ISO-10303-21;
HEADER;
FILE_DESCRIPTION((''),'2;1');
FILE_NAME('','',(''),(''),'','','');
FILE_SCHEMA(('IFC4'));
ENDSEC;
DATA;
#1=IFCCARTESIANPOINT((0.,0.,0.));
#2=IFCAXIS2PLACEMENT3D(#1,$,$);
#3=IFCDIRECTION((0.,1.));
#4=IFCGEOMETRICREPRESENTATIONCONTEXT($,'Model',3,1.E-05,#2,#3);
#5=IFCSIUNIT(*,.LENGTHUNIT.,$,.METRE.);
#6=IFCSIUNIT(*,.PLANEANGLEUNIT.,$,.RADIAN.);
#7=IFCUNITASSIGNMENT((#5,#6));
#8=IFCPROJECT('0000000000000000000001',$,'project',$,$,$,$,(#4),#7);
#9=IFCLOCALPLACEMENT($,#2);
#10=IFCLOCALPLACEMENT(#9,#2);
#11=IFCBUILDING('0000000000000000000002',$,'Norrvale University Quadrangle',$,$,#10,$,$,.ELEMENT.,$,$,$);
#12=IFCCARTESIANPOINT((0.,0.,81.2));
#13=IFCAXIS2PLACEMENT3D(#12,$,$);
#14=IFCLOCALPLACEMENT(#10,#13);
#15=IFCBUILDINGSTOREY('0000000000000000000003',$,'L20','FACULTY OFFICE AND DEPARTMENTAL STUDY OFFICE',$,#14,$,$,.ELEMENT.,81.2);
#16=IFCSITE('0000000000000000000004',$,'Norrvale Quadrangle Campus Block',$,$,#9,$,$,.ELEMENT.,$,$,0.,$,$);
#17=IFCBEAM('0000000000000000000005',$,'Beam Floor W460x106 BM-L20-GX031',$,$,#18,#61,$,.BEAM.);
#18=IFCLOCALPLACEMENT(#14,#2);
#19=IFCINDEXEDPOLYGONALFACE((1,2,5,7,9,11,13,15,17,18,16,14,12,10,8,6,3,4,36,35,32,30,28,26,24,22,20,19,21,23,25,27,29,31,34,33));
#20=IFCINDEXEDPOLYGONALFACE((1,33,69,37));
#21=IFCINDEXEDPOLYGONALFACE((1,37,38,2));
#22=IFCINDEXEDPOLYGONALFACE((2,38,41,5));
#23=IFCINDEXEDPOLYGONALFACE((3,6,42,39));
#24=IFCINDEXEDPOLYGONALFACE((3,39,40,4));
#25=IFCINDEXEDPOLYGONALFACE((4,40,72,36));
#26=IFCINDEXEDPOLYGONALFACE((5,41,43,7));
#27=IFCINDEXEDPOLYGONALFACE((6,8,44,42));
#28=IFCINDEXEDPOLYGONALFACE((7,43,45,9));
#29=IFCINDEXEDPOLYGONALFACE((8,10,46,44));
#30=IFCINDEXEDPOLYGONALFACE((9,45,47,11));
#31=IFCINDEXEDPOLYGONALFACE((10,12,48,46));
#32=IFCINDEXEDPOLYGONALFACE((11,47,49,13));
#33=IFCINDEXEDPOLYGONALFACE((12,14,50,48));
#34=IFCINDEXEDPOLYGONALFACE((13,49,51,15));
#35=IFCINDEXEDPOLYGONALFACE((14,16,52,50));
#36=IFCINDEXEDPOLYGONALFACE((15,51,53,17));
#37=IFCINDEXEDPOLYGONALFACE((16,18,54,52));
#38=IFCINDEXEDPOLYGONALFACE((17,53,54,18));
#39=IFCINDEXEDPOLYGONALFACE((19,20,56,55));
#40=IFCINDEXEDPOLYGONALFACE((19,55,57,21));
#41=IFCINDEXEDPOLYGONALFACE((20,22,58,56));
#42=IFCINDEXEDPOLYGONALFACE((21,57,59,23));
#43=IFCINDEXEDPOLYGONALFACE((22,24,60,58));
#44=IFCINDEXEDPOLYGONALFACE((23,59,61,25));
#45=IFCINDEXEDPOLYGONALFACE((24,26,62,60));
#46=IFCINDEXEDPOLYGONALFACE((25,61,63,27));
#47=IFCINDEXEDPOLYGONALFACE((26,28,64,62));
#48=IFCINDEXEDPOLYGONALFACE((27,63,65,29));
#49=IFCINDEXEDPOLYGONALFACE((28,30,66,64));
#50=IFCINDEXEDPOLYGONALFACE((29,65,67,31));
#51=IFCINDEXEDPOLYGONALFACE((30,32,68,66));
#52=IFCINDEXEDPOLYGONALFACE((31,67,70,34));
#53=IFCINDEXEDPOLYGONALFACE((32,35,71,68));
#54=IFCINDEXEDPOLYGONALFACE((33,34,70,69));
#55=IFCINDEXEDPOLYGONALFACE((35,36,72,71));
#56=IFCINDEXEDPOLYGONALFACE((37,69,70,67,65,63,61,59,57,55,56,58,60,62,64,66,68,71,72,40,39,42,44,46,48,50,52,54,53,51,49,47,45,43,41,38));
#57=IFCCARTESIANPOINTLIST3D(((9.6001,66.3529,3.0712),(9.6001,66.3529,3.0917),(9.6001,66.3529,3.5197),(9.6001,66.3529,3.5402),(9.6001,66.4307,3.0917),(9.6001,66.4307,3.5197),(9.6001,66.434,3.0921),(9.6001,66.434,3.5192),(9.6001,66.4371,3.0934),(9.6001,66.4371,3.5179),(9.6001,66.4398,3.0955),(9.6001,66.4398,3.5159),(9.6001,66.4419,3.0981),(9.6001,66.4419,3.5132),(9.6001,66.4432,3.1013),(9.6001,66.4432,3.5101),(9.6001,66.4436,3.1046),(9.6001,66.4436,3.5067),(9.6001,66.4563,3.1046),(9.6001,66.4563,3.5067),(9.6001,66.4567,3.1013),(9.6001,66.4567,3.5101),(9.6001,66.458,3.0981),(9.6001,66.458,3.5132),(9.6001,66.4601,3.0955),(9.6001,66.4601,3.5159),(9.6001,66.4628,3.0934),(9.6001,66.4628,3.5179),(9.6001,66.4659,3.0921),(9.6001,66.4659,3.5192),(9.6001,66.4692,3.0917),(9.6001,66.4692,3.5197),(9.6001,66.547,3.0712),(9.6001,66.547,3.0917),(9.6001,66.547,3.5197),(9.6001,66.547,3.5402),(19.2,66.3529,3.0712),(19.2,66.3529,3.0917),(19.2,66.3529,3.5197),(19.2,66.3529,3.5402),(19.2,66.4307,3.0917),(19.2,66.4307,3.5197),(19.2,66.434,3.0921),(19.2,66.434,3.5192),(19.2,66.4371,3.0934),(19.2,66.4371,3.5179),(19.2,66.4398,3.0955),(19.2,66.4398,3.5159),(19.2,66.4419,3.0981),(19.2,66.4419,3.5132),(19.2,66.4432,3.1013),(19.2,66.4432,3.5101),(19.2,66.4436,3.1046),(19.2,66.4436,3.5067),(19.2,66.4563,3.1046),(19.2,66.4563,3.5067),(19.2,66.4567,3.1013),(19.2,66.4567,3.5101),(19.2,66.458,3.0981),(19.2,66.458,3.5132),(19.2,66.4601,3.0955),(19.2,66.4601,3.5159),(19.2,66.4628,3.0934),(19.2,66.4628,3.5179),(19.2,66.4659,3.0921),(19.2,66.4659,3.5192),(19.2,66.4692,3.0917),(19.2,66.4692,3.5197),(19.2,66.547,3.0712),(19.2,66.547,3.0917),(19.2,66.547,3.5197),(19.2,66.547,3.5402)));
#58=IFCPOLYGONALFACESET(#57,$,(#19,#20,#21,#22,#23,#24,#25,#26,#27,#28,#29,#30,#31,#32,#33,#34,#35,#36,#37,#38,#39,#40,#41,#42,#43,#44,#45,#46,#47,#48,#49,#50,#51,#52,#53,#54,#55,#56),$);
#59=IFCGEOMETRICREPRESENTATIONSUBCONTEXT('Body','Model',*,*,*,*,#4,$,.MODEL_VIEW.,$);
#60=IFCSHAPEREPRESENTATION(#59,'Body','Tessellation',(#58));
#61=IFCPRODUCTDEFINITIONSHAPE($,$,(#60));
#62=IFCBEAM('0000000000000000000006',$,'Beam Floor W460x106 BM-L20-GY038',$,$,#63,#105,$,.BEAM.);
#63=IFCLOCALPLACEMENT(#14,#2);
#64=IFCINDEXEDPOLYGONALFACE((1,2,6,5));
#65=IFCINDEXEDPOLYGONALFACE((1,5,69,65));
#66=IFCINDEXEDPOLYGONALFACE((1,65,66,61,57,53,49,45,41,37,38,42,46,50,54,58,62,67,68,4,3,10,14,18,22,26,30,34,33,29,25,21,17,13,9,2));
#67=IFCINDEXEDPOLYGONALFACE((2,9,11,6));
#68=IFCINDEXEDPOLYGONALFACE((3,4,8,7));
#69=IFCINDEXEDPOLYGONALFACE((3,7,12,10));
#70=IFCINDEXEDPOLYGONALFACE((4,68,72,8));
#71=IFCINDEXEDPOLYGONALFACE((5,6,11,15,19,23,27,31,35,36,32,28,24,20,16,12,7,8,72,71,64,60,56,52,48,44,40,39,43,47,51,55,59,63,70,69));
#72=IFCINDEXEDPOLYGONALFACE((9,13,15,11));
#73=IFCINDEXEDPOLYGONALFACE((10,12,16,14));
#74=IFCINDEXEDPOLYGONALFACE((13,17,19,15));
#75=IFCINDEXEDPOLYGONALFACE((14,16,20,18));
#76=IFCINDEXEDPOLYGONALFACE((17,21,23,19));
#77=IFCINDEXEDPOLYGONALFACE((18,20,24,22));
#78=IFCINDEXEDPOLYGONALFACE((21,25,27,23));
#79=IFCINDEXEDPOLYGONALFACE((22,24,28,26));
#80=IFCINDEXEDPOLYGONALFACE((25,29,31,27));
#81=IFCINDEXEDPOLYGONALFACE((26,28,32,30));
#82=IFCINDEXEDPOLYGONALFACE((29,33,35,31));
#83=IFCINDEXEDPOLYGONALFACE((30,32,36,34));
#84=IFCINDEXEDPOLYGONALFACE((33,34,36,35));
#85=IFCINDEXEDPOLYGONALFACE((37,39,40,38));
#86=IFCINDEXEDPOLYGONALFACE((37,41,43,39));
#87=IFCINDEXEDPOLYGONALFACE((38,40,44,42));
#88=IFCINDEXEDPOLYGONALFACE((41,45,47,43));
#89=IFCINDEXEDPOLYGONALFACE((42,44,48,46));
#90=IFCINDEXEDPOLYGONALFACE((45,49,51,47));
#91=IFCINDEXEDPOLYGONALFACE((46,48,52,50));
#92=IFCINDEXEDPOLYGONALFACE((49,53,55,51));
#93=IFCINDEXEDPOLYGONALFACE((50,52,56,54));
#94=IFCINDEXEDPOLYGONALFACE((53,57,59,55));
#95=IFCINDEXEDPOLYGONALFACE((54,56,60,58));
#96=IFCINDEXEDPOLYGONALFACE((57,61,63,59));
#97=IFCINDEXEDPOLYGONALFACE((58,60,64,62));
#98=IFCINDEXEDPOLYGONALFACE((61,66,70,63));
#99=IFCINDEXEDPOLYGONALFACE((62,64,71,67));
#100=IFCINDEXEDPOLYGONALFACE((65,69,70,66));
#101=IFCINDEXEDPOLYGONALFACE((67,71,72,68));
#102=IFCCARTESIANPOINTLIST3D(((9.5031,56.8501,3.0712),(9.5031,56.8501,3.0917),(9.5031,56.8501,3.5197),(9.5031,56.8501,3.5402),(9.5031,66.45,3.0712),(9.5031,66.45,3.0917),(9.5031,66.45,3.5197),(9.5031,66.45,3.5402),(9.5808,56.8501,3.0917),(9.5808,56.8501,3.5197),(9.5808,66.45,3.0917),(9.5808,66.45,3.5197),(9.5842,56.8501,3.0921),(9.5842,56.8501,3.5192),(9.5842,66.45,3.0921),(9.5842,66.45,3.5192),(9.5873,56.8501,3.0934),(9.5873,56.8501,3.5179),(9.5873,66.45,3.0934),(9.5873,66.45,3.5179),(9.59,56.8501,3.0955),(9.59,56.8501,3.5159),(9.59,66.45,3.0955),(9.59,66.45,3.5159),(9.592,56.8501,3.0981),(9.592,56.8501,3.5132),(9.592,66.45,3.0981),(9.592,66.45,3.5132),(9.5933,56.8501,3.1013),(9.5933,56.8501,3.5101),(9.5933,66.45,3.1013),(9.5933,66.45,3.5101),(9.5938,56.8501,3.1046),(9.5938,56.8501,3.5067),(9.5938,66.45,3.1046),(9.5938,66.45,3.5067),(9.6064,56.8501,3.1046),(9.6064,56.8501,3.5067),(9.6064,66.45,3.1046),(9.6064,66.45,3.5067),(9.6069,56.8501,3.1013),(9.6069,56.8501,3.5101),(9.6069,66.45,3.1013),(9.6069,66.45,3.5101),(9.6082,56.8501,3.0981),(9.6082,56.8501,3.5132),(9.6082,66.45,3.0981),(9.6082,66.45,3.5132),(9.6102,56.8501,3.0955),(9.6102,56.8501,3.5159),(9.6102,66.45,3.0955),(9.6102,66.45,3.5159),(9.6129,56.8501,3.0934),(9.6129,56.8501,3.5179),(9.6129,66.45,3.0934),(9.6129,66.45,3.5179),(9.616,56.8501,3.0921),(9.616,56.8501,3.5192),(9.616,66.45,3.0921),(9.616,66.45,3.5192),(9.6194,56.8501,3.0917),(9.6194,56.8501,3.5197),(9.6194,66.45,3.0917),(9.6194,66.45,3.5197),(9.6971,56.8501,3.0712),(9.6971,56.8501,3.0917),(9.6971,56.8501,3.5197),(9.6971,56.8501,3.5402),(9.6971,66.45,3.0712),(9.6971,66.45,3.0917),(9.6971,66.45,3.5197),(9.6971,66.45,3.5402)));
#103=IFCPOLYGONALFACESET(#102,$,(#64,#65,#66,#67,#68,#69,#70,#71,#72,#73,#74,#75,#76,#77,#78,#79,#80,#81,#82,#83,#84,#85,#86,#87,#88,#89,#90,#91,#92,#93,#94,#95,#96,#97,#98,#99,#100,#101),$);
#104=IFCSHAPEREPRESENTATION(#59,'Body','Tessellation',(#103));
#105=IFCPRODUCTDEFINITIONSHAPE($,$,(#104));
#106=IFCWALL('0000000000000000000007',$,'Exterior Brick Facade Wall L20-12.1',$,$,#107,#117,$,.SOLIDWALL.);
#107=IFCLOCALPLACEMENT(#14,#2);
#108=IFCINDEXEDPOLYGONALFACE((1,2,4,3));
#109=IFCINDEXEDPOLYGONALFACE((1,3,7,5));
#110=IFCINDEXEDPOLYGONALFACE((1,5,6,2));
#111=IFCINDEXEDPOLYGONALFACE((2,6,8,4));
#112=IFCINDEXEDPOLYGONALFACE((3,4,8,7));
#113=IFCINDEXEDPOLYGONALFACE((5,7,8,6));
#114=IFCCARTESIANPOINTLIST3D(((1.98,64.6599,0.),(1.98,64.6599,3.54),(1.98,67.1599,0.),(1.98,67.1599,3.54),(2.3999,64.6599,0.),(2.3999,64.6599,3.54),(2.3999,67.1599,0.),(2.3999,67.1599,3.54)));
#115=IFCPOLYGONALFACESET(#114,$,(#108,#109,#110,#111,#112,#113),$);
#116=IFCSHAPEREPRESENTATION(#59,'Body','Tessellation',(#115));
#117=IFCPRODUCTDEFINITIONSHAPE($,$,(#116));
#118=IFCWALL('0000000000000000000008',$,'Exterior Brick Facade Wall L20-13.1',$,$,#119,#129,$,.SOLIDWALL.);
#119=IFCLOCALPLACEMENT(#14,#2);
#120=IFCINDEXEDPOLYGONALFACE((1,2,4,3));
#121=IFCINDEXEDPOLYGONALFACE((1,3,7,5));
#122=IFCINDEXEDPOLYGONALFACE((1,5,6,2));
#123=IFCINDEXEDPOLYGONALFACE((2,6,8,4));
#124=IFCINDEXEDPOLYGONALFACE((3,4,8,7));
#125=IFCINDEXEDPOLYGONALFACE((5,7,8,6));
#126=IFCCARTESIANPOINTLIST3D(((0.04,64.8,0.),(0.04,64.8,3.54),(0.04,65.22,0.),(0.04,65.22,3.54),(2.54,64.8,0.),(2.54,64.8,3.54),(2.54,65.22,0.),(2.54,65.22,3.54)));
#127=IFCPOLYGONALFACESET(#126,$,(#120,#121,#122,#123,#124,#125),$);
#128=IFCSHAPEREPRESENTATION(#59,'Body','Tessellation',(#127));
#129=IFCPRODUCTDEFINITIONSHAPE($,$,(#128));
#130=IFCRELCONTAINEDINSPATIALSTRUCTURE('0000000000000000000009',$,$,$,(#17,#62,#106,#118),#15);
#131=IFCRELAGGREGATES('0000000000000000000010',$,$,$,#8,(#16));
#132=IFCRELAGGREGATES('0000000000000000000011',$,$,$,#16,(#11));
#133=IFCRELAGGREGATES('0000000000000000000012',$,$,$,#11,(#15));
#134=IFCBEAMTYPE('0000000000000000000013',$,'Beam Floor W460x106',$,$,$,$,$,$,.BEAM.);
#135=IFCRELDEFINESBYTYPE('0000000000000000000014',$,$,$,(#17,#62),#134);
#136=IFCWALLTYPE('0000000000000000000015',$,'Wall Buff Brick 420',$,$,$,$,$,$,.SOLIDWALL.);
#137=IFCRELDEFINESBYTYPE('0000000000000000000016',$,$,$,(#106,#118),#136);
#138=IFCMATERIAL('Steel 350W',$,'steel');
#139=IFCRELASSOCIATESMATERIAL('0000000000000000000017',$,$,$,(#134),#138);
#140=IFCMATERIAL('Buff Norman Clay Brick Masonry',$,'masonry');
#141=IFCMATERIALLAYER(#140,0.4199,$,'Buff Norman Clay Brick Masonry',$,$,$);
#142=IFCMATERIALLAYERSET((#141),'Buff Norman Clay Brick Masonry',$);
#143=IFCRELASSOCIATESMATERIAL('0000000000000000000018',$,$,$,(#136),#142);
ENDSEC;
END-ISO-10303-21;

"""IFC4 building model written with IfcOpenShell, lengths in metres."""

from ifc_helpers import new_model, si_unit, direction, frame, frame_2d, origin, origin_2d, place, context, subcontext, project, spatial, rectangle, i_section, extrude, material, layer, layer_set, material_profile, profile_set, type_object, element, save


model = new_model("IFC4")

# Units and contexts
model_context = context("Model", 3, precision=1e-05, world=origin(), true_north=direction((0.0, 1.0)))
body_context = subcontext(model_context, "Body", "Model", "MODEL_VIEW")
ifc_project = project(units=[si_unit("LENGTHUNIT", "METRE"), si_unit("PLANEANGLEUNIT", "RADIAN")], contexts=[model_context])

# Site, building, storey
site_placement = place(None, origin())
site = spatial("IfcSite", under=ifc_project, at=site_placement, Name="Norrvale Quadrangle Campus Block", CompositionType="ELEMENT", RefElevation=0.0)
building_placement = place(site_placement, origin())
building = spatial("IfcBuilding", under=site, at=building_placement, Name="Norrvale University Quadrangle", CompositionType="ELEMENT")
storey_placement = place(building_placement, frame((0.0, 0.0, 81.2)))
storey = spatial("IfcBuildingStorey", under=building, at=storey_placement, Name="L20", Description="FACULTY OFFICE AND DEPARTMENTAL STUDY OFFICE", CompositionType="ELEMENT", Elevation=81.2)

# Beams
ifc_material_1 = material(Name="Steel 350W", Category="steel")
ifc_material_profile_1 = material_profile(ifc_material_1, i_section(OverallWidth=0.1941, OverallDepth=0.469, WebThickness=0.0127, FlangeThickness=0.0205, FilletRadius=0.0129, at=origin_2d()), Name="Steel 350W")
ifc_profile_set_1 = profile_set([ifc_material_profile_1], Name="Steel 350W")
beam_type_1 = type_object("IfcBeamType", Name="Beam Floor W460x106", PredefinedType="BEAM", material=ifc_profile_set_1)
for number, where, z_axis, x_axis, name in (
    (1, (9.6001, 66.45, 3.3057), (1.0, 0.0, 0.0), (0.0, 1.0, 0.0), "Beam Floor W460x106 BM-L20-GX031"),
    (2, (9.6001, 56.8501, 3.3057), (0.0, 1.0, 0.0), (-1.0, 0.0, 0.0), "Beam Floor W460x106 BM-L20-GY038"),
):
    element("IfcBeam", number, at=place(storey_placement, frame(where, z_axis=z_axis, x_axis=x_axis)), inside=storey, type_object=beam_type_1, Name=name, PredefinedType="BEAM", context=body_context, shape_type="SweptSolid", body=[
        extrude(i_section(OverallWidth=0.1941, OverallDepth=0.469, WebThickness=0.0127, FlangeThickness=0.0205, FilletRadius=0.0129, at=origin_2d()), origin(), (0.0, 0.0, 1.0), 9.5999),
    ])

# Walls
ifc_material_2 = material(Name="Buff Norman Clay Brick Masonry", Category="masonry")
ifc_layer = layer(ifc_material_2, 0.4199, Name="Buff Norman Clay Brick Masonry")
ifc_layer_set = layer_set([ifc_layer], Name="Buff Norman Clay Brick Masonry")
wall_type = type_object("IfcWallType", Name="Wall Buff Brick 420", PredefinedType="SOLIDWALL", material=ifc_layer_set)
for number, where, z_axis, x_axis, name in (
    (3, (2.1899, 67.1599, 0.0), (0.0, 0.0, 1.0), (0.0, -1.0, 0.0), "Exterior Brick Facade Wall L20-12.1"),
    (4, (2.54, 65.01, 0.0), (0.0, 0.0, 1.0), (-1.0, 0.0, 0.0), "Exterior Brick Facade Wall L20-13.1"),
):
    element("IfcWall", number, at=place(storey_placement, frame(where, z_axis=z_axis, x_axis=x_axis)), inside=storey, type_object=wall_type, Name=name, PredefinedType="SOLIDWALL", context=body_context, shape_type="SweptSolid", body=[
        extrude(rectangle(XDim=2.5, YDim=0.4199, at=frame_2d((1.25, 0.0))), origin(), (0.0, 0.0, 1.0), 3.54),
    ])

save(model, "model.ifc")
